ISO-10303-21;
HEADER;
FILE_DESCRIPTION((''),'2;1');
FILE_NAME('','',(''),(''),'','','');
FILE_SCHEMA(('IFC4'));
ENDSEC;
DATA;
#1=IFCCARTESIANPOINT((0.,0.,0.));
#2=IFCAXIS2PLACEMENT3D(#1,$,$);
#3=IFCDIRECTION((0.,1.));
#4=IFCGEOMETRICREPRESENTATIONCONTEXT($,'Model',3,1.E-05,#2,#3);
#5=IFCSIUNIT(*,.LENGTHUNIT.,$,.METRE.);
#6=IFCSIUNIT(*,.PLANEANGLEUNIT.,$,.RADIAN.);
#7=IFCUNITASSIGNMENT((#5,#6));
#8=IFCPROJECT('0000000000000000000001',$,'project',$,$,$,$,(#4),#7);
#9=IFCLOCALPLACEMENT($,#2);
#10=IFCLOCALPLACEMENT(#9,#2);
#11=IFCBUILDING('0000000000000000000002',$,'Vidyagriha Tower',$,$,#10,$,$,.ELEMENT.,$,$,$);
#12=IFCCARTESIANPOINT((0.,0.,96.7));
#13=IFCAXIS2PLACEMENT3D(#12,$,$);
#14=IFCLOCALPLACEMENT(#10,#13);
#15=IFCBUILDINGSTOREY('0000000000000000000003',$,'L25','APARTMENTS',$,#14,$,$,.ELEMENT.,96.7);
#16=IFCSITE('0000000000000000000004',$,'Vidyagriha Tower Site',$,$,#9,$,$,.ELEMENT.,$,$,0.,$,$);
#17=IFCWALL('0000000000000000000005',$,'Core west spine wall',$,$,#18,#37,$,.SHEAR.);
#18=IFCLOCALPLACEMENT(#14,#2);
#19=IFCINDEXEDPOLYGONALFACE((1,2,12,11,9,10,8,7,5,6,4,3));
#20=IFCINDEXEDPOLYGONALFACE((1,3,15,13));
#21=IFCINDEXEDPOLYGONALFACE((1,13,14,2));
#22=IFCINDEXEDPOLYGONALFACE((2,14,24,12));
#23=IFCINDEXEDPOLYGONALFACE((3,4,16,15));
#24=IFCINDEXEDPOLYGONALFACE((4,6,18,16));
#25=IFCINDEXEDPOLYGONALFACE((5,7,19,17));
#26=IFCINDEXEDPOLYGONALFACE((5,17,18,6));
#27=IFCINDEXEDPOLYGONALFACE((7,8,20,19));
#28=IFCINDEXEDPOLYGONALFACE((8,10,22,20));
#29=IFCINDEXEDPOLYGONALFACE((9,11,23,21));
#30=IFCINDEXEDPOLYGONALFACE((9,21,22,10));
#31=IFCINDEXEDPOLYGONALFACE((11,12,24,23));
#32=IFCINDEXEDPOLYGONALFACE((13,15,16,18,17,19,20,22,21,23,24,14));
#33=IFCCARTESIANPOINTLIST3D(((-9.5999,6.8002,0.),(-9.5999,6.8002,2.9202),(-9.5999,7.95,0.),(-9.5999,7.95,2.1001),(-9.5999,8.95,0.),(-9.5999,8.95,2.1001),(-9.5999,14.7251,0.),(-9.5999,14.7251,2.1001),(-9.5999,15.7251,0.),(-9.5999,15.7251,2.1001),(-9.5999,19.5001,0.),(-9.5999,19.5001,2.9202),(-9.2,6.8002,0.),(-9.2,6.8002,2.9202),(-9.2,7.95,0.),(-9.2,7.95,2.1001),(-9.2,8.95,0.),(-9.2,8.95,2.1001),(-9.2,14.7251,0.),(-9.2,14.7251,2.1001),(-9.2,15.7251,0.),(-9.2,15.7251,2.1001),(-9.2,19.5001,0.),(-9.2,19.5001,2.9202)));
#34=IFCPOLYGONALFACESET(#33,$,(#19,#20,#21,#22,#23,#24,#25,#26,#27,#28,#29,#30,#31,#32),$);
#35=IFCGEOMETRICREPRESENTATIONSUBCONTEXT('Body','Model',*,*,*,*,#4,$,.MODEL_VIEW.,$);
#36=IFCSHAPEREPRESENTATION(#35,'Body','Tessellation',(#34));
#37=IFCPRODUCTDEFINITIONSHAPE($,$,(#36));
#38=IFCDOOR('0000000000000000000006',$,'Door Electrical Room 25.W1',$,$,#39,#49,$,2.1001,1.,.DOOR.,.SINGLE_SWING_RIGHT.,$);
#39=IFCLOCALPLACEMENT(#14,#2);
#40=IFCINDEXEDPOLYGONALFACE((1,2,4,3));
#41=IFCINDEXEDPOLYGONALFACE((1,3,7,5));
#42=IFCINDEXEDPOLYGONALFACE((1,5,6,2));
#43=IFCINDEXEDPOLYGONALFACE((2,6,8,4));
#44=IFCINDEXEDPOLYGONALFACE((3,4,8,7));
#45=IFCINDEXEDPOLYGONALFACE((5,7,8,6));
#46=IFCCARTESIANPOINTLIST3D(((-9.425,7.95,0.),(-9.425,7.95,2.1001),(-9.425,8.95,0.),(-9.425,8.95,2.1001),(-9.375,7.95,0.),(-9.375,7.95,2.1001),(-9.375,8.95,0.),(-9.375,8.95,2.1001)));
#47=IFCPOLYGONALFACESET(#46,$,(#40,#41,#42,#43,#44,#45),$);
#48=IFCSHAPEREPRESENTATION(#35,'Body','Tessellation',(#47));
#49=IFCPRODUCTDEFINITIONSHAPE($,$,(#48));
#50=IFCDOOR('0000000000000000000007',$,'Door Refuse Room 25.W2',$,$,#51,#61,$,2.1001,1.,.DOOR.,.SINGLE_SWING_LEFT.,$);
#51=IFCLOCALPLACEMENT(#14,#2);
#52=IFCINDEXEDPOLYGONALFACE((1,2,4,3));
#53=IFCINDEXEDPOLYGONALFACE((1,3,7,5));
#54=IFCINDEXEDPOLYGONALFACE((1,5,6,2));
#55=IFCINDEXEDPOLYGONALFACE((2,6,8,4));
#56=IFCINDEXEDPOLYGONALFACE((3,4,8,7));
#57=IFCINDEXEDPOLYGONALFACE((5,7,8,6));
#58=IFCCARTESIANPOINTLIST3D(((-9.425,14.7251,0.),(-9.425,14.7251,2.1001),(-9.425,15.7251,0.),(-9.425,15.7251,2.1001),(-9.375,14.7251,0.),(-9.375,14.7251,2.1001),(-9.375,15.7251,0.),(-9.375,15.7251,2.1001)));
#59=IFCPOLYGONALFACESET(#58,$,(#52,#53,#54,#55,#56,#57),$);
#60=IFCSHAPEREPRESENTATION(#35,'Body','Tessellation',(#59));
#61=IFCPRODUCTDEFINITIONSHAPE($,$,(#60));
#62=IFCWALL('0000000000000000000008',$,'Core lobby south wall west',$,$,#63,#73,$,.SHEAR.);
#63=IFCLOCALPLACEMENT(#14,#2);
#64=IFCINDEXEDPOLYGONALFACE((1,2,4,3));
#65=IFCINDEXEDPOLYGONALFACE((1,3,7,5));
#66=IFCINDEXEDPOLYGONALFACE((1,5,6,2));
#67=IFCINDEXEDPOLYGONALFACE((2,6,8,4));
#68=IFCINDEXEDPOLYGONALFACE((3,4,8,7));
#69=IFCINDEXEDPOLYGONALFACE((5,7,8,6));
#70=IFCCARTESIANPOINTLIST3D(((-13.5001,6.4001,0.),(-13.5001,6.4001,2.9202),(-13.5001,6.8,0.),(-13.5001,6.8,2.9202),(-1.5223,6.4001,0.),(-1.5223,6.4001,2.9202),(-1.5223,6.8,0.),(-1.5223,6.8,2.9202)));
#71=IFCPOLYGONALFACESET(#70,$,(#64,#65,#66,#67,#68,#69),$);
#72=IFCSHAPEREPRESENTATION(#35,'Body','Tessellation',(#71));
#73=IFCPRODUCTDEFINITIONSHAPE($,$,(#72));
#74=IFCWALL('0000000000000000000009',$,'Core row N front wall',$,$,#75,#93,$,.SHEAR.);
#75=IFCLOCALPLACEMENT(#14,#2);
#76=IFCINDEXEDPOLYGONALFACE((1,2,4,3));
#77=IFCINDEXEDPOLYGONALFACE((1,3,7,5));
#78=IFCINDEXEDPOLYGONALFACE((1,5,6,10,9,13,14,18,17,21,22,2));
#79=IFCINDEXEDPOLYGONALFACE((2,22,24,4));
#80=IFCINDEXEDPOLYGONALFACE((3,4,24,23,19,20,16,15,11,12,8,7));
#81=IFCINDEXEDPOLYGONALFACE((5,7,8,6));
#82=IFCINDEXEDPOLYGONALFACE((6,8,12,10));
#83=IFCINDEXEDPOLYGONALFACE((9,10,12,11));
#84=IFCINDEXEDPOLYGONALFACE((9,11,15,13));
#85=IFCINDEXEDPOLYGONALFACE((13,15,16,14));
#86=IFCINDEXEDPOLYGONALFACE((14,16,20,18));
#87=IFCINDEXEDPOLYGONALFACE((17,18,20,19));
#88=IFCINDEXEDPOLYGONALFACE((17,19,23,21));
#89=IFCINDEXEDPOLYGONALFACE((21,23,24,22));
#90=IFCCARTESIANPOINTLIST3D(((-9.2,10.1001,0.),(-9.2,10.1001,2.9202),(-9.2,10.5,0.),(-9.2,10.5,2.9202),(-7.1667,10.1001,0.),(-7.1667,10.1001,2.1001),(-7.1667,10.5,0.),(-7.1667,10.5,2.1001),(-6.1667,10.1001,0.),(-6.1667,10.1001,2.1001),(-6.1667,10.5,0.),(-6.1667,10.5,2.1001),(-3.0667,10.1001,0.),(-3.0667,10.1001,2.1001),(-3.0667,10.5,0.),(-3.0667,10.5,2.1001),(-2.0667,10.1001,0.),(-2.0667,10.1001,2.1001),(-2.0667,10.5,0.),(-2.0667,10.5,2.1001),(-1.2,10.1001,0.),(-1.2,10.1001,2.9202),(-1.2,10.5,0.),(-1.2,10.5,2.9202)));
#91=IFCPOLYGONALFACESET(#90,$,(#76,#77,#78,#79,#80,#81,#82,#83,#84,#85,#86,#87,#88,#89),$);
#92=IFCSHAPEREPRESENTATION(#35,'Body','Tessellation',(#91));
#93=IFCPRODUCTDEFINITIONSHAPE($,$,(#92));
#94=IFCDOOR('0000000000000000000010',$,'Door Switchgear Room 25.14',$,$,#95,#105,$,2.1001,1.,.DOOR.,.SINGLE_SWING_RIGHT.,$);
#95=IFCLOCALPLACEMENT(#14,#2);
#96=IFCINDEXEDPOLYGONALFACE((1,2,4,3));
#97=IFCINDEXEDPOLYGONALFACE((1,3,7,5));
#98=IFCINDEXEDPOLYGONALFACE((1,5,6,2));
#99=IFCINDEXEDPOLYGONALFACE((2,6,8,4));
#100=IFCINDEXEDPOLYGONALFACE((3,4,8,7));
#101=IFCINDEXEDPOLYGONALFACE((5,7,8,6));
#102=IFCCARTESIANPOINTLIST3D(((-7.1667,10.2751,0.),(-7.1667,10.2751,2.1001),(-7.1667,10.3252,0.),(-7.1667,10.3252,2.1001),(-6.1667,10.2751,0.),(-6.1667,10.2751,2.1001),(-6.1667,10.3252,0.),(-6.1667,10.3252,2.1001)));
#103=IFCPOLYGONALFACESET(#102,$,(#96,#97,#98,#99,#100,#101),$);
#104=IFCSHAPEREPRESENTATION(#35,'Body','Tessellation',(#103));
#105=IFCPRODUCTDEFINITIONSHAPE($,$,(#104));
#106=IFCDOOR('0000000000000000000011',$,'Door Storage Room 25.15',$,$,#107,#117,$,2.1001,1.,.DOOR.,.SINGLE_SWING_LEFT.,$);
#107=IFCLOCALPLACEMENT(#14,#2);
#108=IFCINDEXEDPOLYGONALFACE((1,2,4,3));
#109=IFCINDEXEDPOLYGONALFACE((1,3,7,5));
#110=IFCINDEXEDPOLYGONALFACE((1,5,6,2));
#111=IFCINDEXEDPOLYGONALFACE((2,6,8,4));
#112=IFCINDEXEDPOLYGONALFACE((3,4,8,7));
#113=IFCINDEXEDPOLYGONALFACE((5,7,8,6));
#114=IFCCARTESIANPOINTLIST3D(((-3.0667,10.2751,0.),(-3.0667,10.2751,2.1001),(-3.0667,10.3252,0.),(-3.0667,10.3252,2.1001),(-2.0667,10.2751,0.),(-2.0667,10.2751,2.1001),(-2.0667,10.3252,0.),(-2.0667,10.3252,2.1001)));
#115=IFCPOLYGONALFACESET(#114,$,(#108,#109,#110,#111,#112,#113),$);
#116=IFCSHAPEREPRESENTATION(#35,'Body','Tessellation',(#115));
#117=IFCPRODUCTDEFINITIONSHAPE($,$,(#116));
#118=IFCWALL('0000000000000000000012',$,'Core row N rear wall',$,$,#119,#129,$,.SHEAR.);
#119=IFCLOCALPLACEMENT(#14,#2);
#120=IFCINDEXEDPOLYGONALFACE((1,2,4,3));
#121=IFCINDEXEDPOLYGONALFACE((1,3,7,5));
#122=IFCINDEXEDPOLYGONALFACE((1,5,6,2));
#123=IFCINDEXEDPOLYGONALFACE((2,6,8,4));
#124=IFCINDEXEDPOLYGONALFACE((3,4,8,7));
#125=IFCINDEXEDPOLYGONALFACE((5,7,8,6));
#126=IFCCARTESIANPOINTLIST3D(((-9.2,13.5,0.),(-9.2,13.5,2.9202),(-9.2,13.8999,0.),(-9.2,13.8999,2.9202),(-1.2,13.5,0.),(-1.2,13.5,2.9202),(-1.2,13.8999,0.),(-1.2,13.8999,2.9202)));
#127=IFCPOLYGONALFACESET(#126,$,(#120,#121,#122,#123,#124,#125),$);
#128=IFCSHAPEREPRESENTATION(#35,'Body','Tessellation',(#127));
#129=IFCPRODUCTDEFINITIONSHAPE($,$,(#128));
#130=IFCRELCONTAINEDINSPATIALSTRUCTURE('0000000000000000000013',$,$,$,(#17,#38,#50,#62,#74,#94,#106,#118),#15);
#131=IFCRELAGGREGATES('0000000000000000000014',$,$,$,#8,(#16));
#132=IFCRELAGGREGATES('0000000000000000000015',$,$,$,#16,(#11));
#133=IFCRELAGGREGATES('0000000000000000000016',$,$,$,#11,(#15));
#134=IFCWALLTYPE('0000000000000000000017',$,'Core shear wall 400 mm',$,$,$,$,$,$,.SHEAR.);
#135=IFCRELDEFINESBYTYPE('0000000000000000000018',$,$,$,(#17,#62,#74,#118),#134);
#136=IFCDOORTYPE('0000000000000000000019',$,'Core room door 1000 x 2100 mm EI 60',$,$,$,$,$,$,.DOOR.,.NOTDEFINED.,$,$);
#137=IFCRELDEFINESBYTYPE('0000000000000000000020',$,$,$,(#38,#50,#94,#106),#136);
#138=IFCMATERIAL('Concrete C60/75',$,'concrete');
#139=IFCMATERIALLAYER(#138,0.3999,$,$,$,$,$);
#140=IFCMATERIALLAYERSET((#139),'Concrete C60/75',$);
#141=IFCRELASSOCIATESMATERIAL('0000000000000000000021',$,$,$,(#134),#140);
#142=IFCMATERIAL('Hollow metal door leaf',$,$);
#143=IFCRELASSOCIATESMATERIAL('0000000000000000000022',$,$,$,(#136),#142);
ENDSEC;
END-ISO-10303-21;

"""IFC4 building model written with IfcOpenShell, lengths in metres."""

from ifc_helpers import new_model, si_unit, direction, frame, frame_2d, origin, place, context, subcontext, project, spatial, rectangle, extrude, material, layer, layer_set, type_object, element, fill, save


model = new_model("IFC4")

# Units and contexts
model_context = context("Model", 3, precision=1e-05, world=origin(), true_north=direction((0.0, 1.0)))
body_context = subcontext(model_context, "Body", "Model", "MODEL_VIEW")
ifc_project = project(units=[si_unit("LENGTHUNIT", "METRE"), si_unit("PLANEANGLEUNIT", "RADIAN")], contexts=[model_context])

# Site, building, storey
site_placement = place(None, origin())
site = spatial("IfcSite", under=ifc_project, at=site_placement, Name="Vidyagriha Tower Site", CompositionType="ELEMENT", RefElevation=0.0)
building_placement = place(site_placement, origin())
building = spatial("IfcBuilding", under=site, at=building_placement, Name="Vidyagriha Tower", CompositionType="ELEMENT")
storey_placement = place(building_placement, frame((0.0, 0.0, 96.7)))
storey = spatial("IfcBuildingStorey", under=building, at=storey_placement, Name="L25", Description="APARTMENTS", CompositionType="ELEMENT", Elevation=96.7)

# Wall, openings, doors
ifc_material_1 = material(Name="Concrete C60/75", Category="concrete")
ifc_layer_1 = layer(ifc_material_1, 0.3999)
ifc_layer_set_1 = layer_set([ifc_layer_1], Name="Concrete C60/75")
wall_type_1 = type_object("IfcWallType", Name="Core shear wall 400 mm", PredefinedType="SHEAR", material=ifc_layer_set_1)
wall_1_placement = place(storey_placement, frame((-9.3999, 6.8, 0.0), z_axis=(0.0, 0.0, 1.0), x_axis=(0.0, 1.0, 0.0)))
wall_1 = element("IfcWall", 1, at=wall_1_placement, inside=storey, type_object=wall_type_1, Name="Core west spine wall", PredefinedType="SHEAR", context=body_context, shape_type="SweptSolid", body=[
    extrude(rectangle(XDim=12.7, YDim=0.3999, at=frame_2d((6.3501, 0.0))), origin(), (0.0, 0.0, 1.0), 2.9202),
])
opening_1_placement = place(wall_1_placement, frame((1.1499, 0.0, 0.0)))
opening_1 = element("IfcOpeningElement", 2, at=opening_1_placement, cuts=wall_1, PredefinedType="OPENING", context=body_context, shape_type="SweptSolid", body=[
    extrude(rectangle(XDim=1.0, YDim=2.1001, at=frame_2d((0.5, 1.05))), frame((0.0, 0.21, 0.0), z_axis=(0.0, -1.0, 0.0), x_axis=(1.0, 0.0, 0.0)), (0.0, 0.0, 1.0), 0.4199),
])
opening_2_placement = place(wall_1_placement, frame((7.925, 0.0, 0.0)))
opening_2 = element("IfcOpeningElement", 3, at=opening_2_placement, cuts=wall_1, PredefinedType="OPENING", context=body_context, shape_type="SweptSolid", body=[
    extrude(rectangle(XDim=1.0, YDim=2.1001, at=frame_2d((0.5, 1.05))), frame((0.0, 0.21, 0.0), z_axis=(0.0, -1.0, 0.0), x_axis=(1.0, 0.0, 0.0)), (0.0, 0.0, 1.0), 0.4199),
])
ifc_material_2 = material(Name="Hollow metal door leaf")
door_type_1 = type_object("IfcDoorType", Name="Core room door 1000 x 2100 mm EI 60", OperationType="NOTDEFINED", PredefinedType="DOOR", material=ifc_material_2)
door_1_placement = place(opening_1_placement, frame((1.0, 0.0, 0.0), z_axis=(0.0, 0.0, 1.0), x_axis=(-1.0, 0.0, 0.0)))
door_1 = element("IfcDoor", 4, at=door_1_placement, inside=storey, type_object=door_type_1, Name="Door Electrical Room 25.W1", OperationType="SINGLE_SWING_RIGHT", OverallHeight=2.1001, OverallWidth=1.0, PredefinedType="DOOR", context=body_context, shape_type="SweptSolid", body=[
    extrude(rectangle(XDim=1.0, YDim=2.1001, at=frame_2d((0.5, 1.05))), frame((0.0, 0.0249, 0.0), z_axis=(0.0, -1.0, 0.0), x_axis=(1.0, 0.0, 0.0)), (0.0, 0.0, 1.0), 0.05),
])
fill(opening_1, door_1)
door_2_placement = place(opening_2_placement, frame((1.0, 0.0, 0.0), z_axis=(0.0, 0.0, 1.0), x_axis=(-1.0, 0.0, 0.0)))
door_2 = element("IfcDoor", 5, at=door_2_placement, inside=storey, type_object=door_type_1, Name="Door Refuse Room 25.W2", OperationType="SINGLE_SWING_LEFT", OverallHeight=2.1001, OverallWidth=1.0, PredefinedType="DOOR", context=body_context, shape_type="SweptSolid", body=[
    extrude(rectangle(XDim=1.0, YDim=2.1001, at=frame_2d((0.5, 1.05))), frame((0.0, 0.0249, 0.0), z_axis=(0.0, -1.0, 0.0), x_axis=(1.0, 0.0, 0.0)), (0.0, 0.0, 1.0), 0.05),
])
fill(opening_2, door_2)

# Wall
wall_2_placement = place(storey_placement, frame((-13.5, 6.6001, 0.0)))
element("IfcWall", 6, at=wall_2_placement, inside=storey, type_object=wall_type_1, Name="Core lobby south wall west", PredefinedType="SHEAR", context=body_context, shape_type="SweptSolid", body=[
    extrude(rectangle(XDim=11.9778, YDim=0.3999, at=frame_2d((5.9888, 0.0))), origin(), (0.0, 0.0, 1.0), 2.9202),
])

# Wall, openings, doors
wall_3_placement = place(storey_placement, frame((-9.2, 10.3, 0.0)))
wall_3 = element("IfcWall", 7, at=wall_3_placement, inside=storey, type_object=wall_type_1, Name="Core row N front wall", PredefinedType="SHEAR", context=body_context, shape_type="SweptSolid", body=[
    extrude(rectangle(XDim=8.0, YDim=0.3999, at=frame_2d((4.0, 0.0))), origin(), (0.0, 0.0, 1.0), 2.9202),
])
opening_3_placement = place(wall_3_placement, frame((2.0332, 0.0, 0.0)))
opening_3 = element("IfcOpeningElement", 8, at=opening_3_placement, cuts=wall_3, PredefinedType="OPENING", context=body_context, shape_type="SweptSolid", body=[
    extrude(rectangle(XDim=1.0, YDim=2.1001, at=frame_2d((0.5, 1.05))), frame((0.0, 0.21, 0.0), z_axis=(0.0, -1.0, 0.0), x_axis=(1.0, 0.0, 0.0)), (0.0, 0.0, 1.0), 0.4199),
])
opening_4_placement = place(wall_3_placement, frame((6.1333, 0.0, 0.0)))
opening_4 = element("IfcOpeningElement", 9, at=opening_4_placement, cuts=wall_3, PredefinedType="OPENING", context=body_context, shape_type="SweptSolid", body=[
    extrude(rectangle(XDim=1.0, YDim=2.1001, at=frame_2d((0.5, 1.05))), frame((0.0, 0.21, 0.0), z_axis=(0.0, -1.0, 0.0), x_axis=(1.0, 0.0, 0.0)), (0.0, 0.0, 1.0), 0.4199),
])
door_3_placement = place(opening_3_placement, frame((1.0, 0.0, 0.0), z_axis=(0.0, 0.0, 1.0), x_axis=(-1.0, 0.0, 0.0)))
door_3 = element("IfcDoor", 10, at=door_3_placement, inside=storey, type_object=door_type_1, Name="Door Switchgear Room 25.14", OperationType="SINGLE_SWING_RIGHT", OverallHeight=2.1001, OverallWidth=1.0, PredefinedType="DOOR", context=body_context, shape_type="SweptSolid", body=[
    extrude(rectangle(XDim=1.0, YDim=2.1001, at=frame_2d((0.5, 1.05))), frame((0.0, 0.0249, 0.0), z_axis=(0.0, -1.0, 0.0), x_axis=(1.0, 0.0, 0.0)), (0.0, 0.0, 1.0), 0.05),
])
fill(opening_3, door_3)
door_4_placement = place(opening_4_placement, frame((1.0, 0.0, 0.0), z_axis=(0.0, 0.0, 1.0), x_axis=(-1.0, 0.0, 0.0)))
door_4 = element("IfcDoor", 11, at=door_4_placement, inside=storey, type_object=door_type_1, Name="Door Storage Room 25.15", OperationType="SINGLE_SWING_LEFT", OverallHeight=2.1001, OverallWidth=1.0, PredefinedType="DOOR", context=body_context, shape_type="SweptSolid", body=[
    extrude(rectangle(XDim=1.0, YDim=2.1001, at=frame_2d((0.5, 1.05))), frame((0.0, 0.0249, 0.0), z_axis=(0.0, -1.0, 0.0), x_axis=(1.0, 0.0, 0.0)), (0.0, 0.0, 1.0), 0.05),
])
fill(opening_4, door_4)

# Wall
wall_4_placement = place(storey_placement, frame((-9.2, 13.7, 0.0)))
element("IfcWall", 12, at=wall_4_placement, inside=storey, type_object=wall_type_1, Name="Core row N rear wall", PredefinedType="SHEAR", context=body_context, shape_type="SweptSolid", body=[
    extrude(rectangle(XDim=8.0, YDim=0.3999, at=frame_2d((4.0, 0.0))), origin(), (0.0, 0.0, 1.0), 2.9202),
])

save(model, "model.ifc")
